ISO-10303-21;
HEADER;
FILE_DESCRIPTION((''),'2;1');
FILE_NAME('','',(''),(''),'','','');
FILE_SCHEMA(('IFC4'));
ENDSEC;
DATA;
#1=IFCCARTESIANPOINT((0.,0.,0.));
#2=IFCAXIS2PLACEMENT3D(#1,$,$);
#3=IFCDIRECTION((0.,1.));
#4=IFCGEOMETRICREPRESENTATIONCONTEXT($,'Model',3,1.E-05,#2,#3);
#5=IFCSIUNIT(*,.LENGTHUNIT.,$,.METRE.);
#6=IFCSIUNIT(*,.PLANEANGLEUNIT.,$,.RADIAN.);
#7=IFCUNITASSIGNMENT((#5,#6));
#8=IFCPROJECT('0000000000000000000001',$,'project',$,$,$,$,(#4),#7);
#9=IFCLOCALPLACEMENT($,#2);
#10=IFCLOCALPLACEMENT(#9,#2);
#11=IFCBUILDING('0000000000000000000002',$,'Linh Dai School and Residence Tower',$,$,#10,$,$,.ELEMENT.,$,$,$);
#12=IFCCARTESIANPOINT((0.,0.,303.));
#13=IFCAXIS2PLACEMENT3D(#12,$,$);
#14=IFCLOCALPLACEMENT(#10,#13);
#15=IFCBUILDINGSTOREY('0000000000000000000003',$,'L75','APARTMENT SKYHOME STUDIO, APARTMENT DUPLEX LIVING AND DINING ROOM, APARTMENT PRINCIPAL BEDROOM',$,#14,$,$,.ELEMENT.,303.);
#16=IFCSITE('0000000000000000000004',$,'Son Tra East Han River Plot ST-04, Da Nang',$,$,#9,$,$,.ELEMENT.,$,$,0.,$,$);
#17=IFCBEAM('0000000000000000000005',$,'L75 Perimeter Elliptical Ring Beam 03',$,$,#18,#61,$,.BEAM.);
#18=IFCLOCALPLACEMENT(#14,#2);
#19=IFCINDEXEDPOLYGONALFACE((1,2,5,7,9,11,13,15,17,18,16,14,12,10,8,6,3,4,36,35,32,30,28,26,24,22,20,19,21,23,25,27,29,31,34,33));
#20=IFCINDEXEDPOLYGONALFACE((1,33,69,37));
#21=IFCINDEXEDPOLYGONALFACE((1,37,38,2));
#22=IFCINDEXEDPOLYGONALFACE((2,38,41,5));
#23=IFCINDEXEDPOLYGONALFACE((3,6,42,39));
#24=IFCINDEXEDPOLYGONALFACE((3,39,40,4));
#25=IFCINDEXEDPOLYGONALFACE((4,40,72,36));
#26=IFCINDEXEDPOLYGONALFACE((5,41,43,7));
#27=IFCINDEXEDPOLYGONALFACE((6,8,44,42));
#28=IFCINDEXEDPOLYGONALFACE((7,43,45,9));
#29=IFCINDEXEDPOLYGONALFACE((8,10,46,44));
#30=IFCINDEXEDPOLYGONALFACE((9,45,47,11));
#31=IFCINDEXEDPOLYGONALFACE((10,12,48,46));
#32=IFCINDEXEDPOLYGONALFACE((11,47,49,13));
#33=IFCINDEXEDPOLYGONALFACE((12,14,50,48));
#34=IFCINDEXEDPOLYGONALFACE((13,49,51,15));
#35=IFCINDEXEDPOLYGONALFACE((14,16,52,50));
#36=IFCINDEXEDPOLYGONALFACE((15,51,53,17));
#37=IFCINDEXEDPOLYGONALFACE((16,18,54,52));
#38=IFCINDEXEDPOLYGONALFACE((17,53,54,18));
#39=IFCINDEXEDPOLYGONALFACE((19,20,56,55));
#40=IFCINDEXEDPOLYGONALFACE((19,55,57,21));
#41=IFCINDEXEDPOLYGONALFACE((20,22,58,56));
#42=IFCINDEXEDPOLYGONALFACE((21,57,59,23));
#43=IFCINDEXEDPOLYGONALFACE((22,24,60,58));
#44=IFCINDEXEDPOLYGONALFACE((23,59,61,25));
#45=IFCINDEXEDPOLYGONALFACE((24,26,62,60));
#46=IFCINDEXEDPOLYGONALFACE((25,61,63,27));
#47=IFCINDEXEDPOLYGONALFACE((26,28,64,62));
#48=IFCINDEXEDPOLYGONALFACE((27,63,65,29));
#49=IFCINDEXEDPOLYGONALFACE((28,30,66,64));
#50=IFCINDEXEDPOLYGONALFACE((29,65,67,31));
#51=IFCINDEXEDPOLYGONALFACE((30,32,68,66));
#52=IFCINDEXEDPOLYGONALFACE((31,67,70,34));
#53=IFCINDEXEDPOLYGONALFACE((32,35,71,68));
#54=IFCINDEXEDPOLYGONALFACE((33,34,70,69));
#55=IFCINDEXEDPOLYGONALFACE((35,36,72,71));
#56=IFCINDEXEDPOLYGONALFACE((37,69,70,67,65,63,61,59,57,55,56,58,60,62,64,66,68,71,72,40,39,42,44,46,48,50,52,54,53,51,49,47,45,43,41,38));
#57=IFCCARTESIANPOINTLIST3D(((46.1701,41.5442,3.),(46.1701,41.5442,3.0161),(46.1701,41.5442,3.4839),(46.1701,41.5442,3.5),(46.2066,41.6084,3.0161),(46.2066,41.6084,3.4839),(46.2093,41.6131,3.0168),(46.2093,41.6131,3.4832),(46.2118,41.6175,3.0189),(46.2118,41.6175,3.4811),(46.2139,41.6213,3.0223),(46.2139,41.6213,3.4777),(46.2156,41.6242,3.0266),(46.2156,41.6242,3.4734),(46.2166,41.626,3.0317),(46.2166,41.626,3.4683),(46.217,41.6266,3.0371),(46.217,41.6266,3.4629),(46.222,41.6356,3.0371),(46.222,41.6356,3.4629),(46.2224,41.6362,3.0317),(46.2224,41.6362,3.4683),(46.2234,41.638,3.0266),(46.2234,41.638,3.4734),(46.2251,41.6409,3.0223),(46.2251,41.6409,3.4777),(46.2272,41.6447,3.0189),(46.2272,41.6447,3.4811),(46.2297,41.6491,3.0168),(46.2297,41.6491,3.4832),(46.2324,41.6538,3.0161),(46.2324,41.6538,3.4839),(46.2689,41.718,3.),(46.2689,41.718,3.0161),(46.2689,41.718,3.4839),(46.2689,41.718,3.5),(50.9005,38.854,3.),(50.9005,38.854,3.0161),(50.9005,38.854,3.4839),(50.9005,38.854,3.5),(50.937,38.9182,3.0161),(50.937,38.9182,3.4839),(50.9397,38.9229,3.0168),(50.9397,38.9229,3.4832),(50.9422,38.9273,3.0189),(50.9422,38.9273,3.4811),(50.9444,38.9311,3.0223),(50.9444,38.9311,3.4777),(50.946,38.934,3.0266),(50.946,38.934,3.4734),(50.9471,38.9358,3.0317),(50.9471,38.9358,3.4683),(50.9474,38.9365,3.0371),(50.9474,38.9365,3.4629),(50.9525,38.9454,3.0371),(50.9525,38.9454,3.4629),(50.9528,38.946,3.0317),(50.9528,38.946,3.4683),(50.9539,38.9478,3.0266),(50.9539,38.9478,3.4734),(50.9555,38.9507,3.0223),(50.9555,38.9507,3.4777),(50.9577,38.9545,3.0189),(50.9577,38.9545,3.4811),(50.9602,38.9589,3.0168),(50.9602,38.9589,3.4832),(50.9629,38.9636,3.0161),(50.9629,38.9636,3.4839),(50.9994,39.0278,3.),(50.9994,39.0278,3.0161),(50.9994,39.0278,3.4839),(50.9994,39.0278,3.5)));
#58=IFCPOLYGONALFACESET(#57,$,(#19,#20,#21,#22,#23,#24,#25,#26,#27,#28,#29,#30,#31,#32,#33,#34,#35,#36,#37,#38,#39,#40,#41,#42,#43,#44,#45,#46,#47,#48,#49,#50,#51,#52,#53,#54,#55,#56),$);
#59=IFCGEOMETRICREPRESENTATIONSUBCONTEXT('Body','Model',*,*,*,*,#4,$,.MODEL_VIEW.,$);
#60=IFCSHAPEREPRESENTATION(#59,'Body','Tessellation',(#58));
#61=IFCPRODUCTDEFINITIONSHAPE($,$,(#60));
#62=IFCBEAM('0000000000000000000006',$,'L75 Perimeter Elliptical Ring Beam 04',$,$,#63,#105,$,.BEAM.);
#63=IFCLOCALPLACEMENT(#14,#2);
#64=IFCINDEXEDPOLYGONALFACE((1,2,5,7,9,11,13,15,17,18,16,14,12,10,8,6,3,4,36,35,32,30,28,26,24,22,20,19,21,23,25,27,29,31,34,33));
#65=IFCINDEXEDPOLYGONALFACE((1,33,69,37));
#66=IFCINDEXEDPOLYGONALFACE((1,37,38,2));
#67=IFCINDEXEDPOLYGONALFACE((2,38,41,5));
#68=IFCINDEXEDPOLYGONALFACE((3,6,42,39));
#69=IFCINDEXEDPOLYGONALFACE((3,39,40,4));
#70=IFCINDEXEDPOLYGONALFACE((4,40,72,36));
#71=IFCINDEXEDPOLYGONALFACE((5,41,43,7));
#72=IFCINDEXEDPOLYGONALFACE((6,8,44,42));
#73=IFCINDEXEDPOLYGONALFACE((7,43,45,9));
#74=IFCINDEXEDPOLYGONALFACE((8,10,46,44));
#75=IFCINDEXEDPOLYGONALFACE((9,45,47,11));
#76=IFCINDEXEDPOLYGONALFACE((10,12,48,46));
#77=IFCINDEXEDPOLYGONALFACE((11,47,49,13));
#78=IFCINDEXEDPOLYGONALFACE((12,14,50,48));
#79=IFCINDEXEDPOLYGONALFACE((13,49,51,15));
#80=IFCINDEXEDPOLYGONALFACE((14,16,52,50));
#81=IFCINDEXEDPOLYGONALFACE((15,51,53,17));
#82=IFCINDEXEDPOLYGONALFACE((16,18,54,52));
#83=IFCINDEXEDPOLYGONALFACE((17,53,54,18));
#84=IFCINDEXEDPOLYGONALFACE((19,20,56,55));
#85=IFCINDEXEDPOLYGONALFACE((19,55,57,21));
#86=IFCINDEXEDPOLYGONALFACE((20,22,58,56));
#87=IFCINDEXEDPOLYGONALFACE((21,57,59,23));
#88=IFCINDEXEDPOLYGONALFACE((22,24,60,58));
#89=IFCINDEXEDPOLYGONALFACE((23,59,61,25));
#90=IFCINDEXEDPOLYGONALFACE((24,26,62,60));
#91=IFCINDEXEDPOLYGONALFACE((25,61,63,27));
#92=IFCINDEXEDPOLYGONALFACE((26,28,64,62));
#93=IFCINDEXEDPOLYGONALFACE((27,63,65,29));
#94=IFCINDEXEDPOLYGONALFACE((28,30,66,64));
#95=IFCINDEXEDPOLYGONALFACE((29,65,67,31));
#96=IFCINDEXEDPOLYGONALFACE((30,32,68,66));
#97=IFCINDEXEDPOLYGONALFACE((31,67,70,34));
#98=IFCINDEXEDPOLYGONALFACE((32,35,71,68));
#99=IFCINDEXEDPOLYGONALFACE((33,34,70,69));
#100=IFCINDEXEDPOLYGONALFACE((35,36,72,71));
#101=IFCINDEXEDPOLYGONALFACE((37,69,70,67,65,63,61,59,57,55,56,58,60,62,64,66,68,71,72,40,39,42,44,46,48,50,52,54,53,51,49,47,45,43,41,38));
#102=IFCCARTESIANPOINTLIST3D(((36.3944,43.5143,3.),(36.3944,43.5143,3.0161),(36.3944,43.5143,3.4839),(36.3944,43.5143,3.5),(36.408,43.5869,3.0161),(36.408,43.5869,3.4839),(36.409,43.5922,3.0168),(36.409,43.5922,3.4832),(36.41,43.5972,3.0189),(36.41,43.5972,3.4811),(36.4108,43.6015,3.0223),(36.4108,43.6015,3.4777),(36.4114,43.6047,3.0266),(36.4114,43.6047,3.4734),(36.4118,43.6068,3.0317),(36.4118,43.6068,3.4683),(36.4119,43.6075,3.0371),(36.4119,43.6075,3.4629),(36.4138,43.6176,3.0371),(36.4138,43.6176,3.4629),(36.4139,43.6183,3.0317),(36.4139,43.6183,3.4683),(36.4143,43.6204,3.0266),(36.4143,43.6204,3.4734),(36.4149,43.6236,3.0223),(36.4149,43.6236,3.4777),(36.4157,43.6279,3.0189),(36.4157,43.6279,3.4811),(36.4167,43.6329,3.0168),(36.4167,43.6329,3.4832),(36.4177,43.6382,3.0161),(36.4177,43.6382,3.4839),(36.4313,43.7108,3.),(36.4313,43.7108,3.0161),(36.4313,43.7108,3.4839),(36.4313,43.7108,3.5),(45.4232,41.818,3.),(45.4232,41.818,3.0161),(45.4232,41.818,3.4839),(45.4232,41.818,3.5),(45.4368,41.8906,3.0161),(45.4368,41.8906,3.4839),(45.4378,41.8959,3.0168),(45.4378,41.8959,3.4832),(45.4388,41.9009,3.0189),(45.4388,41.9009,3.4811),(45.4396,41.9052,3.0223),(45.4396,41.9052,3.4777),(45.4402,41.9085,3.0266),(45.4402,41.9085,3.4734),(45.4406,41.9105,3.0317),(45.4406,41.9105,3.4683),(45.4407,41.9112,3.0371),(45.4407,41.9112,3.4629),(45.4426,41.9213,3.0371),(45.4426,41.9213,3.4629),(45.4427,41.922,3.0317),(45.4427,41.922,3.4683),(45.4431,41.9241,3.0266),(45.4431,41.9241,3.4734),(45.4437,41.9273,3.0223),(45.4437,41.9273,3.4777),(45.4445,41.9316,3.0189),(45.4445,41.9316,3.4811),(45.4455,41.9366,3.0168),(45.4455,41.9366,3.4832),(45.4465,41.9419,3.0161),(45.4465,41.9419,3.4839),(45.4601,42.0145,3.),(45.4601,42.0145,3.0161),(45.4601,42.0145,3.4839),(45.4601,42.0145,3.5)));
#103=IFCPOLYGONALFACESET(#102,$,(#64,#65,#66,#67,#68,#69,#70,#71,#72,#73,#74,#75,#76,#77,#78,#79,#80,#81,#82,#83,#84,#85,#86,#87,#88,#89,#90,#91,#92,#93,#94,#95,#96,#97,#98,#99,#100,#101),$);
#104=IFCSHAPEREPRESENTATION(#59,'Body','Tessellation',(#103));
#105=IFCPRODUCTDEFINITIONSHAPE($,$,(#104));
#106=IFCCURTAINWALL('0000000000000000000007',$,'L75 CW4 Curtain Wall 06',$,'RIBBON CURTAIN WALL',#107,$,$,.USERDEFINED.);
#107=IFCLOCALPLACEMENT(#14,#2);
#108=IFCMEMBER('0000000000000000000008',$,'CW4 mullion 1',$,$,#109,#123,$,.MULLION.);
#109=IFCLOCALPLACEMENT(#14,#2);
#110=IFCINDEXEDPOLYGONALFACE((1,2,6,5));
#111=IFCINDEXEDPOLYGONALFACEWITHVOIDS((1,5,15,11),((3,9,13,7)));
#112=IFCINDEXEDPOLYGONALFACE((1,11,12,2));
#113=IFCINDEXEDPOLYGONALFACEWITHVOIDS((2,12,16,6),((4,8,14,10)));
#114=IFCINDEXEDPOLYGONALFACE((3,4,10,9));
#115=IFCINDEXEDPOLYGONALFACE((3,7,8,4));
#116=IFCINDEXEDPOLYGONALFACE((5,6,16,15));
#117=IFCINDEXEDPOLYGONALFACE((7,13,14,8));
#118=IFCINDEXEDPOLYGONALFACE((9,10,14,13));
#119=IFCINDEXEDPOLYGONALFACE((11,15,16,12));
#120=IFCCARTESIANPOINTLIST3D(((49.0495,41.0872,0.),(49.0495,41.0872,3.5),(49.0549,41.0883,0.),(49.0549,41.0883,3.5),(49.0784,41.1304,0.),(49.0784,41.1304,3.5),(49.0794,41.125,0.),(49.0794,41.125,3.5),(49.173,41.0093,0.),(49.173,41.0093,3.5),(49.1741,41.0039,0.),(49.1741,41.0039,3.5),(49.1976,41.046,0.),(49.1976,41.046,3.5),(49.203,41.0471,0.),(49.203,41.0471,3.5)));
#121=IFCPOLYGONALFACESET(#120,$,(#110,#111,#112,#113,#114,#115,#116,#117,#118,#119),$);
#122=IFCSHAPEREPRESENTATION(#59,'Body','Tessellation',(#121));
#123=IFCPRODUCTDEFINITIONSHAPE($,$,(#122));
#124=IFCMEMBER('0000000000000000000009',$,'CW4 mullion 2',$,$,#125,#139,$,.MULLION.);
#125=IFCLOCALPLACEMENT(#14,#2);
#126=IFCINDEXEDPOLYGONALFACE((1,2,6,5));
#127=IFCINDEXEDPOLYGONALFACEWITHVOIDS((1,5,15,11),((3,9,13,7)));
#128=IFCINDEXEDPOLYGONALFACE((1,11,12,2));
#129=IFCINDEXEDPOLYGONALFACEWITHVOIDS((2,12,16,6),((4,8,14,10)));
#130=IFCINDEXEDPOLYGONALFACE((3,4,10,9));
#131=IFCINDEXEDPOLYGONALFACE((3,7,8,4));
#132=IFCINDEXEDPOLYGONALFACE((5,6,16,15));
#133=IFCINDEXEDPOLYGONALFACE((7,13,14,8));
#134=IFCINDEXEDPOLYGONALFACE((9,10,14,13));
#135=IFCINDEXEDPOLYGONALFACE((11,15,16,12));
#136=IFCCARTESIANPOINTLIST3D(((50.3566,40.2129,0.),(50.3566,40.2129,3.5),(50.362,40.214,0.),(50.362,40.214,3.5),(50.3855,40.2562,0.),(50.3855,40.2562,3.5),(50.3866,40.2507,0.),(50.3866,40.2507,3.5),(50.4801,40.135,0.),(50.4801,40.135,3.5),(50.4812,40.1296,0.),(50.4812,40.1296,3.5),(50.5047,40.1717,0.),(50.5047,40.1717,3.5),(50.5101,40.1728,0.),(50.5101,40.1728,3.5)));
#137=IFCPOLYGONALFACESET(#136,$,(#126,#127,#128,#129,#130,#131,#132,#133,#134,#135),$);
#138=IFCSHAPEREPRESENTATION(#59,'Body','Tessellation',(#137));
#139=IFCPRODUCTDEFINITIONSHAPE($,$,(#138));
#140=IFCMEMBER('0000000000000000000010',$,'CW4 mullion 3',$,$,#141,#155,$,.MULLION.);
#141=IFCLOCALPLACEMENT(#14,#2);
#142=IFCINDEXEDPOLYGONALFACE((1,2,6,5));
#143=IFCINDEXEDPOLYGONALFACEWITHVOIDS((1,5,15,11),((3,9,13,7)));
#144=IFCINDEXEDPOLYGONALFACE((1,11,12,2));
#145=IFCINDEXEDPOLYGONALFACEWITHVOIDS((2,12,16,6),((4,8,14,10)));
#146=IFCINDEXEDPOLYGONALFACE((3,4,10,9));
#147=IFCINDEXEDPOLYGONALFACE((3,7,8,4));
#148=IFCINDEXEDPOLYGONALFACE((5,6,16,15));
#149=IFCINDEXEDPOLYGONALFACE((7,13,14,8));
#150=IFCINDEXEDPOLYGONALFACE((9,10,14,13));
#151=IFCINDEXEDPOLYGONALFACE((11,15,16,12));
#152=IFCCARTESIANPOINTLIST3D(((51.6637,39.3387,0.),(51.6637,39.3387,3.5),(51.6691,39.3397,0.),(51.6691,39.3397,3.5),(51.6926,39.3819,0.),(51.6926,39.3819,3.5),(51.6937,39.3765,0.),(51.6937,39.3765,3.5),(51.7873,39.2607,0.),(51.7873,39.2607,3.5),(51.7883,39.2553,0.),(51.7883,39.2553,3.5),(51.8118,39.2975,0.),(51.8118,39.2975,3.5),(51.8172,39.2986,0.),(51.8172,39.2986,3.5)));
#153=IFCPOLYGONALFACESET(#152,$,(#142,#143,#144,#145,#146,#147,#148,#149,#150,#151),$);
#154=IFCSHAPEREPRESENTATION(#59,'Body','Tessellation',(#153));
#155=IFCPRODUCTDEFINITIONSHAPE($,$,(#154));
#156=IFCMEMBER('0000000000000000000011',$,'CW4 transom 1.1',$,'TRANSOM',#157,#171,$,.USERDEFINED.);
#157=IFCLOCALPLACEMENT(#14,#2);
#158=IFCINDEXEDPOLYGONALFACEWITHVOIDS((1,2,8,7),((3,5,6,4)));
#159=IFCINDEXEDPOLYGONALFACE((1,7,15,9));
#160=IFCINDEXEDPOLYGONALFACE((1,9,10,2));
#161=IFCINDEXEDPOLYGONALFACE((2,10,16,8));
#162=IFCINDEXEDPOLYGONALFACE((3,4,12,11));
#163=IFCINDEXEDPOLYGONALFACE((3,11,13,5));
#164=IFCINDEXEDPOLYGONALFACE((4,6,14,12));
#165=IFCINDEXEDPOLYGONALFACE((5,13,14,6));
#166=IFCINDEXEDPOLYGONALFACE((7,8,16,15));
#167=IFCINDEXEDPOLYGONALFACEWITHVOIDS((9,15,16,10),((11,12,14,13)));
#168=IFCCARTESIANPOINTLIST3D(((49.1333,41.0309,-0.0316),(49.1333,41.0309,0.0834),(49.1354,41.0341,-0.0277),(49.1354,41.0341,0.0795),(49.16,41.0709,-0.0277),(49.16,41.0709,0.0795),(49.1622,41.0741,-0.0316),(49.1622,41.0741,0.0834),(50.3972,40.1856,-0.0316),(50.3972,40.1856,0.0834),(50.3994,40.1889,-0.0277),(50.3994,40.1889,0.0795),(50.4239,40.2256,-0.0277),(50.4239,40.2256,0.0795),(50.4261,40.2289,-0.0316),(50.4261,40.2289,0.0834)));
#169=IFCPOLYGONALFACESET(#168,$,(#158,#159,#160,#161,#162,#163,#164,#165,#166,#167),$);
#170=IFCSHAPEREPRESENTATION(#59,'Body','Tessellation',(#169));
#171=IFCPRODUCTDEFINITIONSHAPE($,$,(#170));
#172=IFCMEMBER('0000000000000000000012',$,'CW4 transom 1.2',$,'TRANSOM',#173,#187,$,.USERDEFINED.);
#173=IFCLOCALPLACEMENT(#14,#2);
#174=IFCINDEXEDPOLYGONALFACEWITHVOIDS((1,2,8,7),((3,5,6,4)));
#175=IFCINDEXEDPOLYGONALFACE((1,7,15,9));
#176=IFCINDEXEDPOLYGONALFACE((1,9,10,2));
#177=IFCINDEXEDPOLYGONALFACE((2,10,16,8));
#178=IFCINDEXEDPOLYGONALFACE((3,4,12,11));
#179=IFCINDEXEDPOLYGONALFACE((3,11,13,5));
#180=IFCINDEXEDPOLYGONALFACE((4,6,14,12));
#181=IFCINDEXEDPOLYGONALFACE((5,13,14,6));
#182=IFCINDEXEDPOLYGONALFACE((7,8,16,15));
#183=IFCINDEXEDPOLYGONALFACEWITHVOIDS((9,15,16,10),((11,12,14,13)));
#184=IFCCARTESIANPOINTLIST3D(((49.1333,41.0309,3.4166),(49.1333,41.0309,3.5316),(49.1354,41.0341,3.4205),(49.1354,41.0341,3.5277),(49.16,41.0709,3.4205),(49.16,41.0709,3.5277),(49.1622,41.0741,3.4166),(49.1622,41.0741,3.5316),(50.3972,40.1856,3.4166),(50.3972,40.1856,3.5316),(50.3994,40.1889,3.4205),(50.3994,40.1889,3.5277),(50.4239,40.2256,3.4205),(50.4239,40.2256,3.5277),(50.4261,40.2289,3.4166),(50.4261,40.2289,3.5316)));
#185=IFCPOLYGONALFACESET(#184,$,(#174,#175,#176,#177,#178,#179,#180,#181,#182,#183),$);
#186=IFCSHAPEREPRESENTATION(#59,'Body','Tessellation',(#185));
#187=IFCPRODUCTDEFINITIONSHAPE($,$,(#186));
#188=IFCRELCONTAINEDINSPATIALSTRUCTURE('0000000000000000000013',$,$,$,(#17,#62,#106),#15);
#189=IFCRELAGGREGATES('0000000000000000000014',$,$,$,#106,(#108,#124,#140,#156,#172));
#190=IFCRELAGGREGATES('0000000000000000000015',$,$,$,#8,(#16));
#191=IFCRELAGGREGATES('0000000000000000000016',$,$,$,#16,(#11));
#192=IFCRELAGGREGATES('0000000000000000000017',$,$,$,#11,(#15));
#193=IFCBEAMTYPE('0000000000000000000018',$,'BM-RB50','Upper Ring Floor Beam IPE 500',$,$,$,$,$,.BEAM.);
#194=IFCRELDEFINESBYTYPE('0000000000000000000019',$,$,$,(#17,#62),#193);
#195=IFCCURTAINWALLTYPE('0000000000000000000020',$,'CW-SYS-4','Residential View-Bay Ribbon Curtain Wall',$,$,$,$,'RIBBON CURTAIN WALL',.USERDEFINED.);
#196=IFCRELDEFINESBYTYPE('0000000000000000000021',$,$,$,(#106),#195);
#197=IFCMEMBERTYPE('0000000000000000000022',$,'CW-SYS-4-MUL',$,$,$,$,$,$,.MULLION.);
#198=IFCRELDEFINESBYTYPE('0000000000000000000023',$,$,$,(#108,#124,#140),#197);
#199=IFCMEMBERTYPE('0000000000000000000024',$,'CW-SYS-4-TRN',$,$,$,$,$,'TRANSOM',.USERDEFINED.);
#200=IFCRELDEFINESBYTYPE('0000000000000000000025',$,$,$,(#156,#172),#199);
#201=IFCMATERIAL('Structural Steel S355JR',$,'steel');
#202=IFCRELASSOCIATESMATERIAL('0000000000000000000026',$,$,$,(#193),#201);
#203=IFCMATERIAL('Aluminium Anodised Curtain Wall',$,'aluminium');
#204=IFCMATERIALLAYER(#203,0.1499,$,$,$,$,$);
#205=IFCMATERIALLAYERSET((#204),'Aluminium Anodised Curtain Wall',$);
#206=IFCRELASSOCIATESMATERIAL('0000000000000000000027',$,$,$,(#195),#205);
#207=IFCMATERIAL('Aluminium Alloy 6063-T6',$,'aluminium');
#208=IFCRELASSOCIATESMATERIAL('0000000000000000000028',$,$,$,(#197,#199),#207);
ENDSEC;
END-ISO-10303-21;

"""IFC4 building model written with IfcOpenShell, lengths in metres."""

from ifc_helpers import new_model, si_unit, direction, frame, origin, origin_2d, place, context, subcontext, project, spatial, hollow_rectangle, i_section, extrude, source, transform, mapped, material, layer, layer_set, material_profile, profile_set, type_object, element, aggregate, save


model = new_model("IFC4")

# Units and contexts
model_context = context("Model", 3, precision=1e-05, world=origin(), true_north=direction((0.0, 1.0)))
body_context = subcontext(model_context, "Body", "Model", "MODEL_VIEW")
ifc_project = project(units=[si_unit("LENGTHUNIT", "METRE"), si_unit("PLANEANGLEUNIT", "RADIAN")], contexts=[model_context])

# Site, building, storey
site_placement = place(None, origin())
site = spatial("IfcSite", under=ifc_project, at=site_placement, Name="Son Tra East Han River Plot ST-04, Da Nang", CompositionType="ELEMENT", RefElevation=0.0)
building_placement = place(site_placement, origin())
building = spatial("IfcBuilding", under=site, at=building_placement, Name="Linh Dai School and Residence Tower", CompositionType="ELEMENT")
storey_placement = place(building_placement, frame((0.0, 0.0, 303.0)))
storey = spatial("IfcBuildingStorey", under=building, at=storey_placement, Name="L75", Description="APARTMENT SKYHOME STUDIO, APARTMENT DUPLEX LIVING AND DINING ROOM, APARTMENT PRINCIPAL BEDROOM", CompositionType="ELEMENT", Elevation=303.0)

# Shared definitions
ifc_material_1 = material(Name="Structural Steel S355JR", Category="steel")

# Beams
ifc_material_profile_1 = material_profile(ifc_material_1, i_section(OverallWidth=0.2, OverallDepth=0.5, WebThickness=0.0103, FlangeThickness=0.0161, FilletRadius=0.021, at=origin_2d()), Name="IPE 500")
ifc_profile_set_1 = profile_set([ifc_material_profile_1], Name="Structural Steel S355JR")
beam_type = type_object("IfcBeamType", Name="BM-RB50", Description="Upper Ring Floor Beam IPE 500", PredefinedType="BEAM", material=ifc_profile_set_1)
beam_1_placement = place(storey_placement, frame((50.95, 38.9409, 3.25), z_axis=(-0.869266, 0.494345, 0.0), x_axis=(-0.494345, -0.869266, 0.0)))
element("IfcBeam", 1, at=beam_1_placement, inside=storey, type_object=beam_type, Name="L75 Perimeter Elliptical Ring Beam 03", PredefinedType="BEAM", context=body_context, shape_type="SweptSolid", body=[
    extrude(i_section(OverallWidth=0.2, OverallDepth=0.5, WebThickness=0.0103, FlangeThickness=0.0161, FilletRadius=0.021, at=origin_2d()), origin(), (0.0, 0.0, 1.0), 5.4419),
])
beam_2_placement = place(storey_placement, frame((45.4417, 41.9163, 3.25), z_axis=(-0.982805, 0.184645, 0.0), x_axis=(-0.184645, -0.982805, 0.0)))
element("IfcBeam", 2, at=beam_2_placement, inside=storey, type_object=beam_type, Name="L75 Perimeter Elliptical Ring Beam 04", PredefinedType="BEAM", context=body_context, shape_type="SweptSolid", body=[
    extrude(i_section(OverallWidth=0.2, OverallDepth=0.5, WebThickness=0.0103, FlangeThickness=0.0161, FilletRadius=0.021, at=origin_2d()), origin(), (0.0, 0.0, 1.0), 9.1868),
])

# Curtain wall, members
ifc_material_2 = material(Name="Aluminium Anodised Curtain Wall", Category="aluminium")
ifc_layer_1 = layer(ifc_material_2, 0.1499)
ifc_layer_set_1 = layer_set([ifc_layer_1], Name="Aluminium Anodised Curtain Wall")
curtain_wall_type = type_object("IfcCurtainWallType", Name="CW-SYS-4", Description="Residential View-Bay Ribbon Curtain Wall", ElementType="RIBBON CURTAIN WALL", PredefinedType="USERDEFINED", material=ifc_layer_set_1)
curtain_wall_placement = place(storey_placement, origin())
curtain_wall = element("IfcCurtainWall", 3, at=curtain_wall_placement, inside=storey, type_object=curtain_wall_type, Name="L75 CW4 Curtain Wall 06", ObjectType="RIBBON CURTAIN WALL", PredefinedType="USERDEFINED")
ifc_material_3 = material(Name="Aluminium Alloy 6063-T6", Category="aluminium")
ifc_material_profile_2 = material_profile(ifc_material_3, hollow_rectangle(XDim=0.052, YDim=0.1499, WallThickness=0.0039, at=origin_2d()), Name="RHS 150x52x4")
ifc_profile_set_2 = profile_set([ifc_material_profile_2], Name="Aluminium Alloy 6063-T6")
member_type_1 = type_object("IfcMemberType", Name="CW-SYS-4-MUL", PredefinedType="MULLION", material=ifc_profile_set_2)
shared_shape_1 = source(origin(), body_context, "Body", "SweptSolid", [
    extrude(hollow_rectangle(XDim=0.052, YDim=0.1499, WallThickness=0.0039, at=origin_2d()), origin(), (0.0, 0.0, 1.0), 3.5),
])
member_1_placement = place(storey_placement, frame((49.1262, 41.0671, 0.0), z_axis=(0.0, 0.0, 1.0), x_axis=(0.555908, 0.831244, 0.0)))
member_1 = element("IfcMember", 4, at=member_1_placement, type_object=member_type_1, Name="CW4 mullion 1", PredefinedType="MULLION", context=body_context, shape_type="MappedRepresentation", body=[
    mapped(shared_shape_1, transform((0.0, 0.0, 0.0), x_axis=(1.0, 0.0, 0.0), y_axis=(0.0, 1.0, 0.0), z_axis=(0.0, 0.0, 1.0), scale=1.0)),
])
member_2_placement = place(storey_placement, frame((50.4333, 40.1929, 0.0), z_axis=(0.0, 0.0, 1.0), x_axis=(0.555908, 0.831244, 0.0)))
member_2 = element("IfcMember", 5, at=member_2_placement, type_object=member_type_1, Name="CW4 mullion 2", PredefinedType="MULLION", context=body_context, shape_type="MappedRepresentation", body=[
    mapped(shared_shape_1, transform((0.0, 0.0, 0.0), x_axis=(1.0, 0.0, 0.0), y_axis=(0.0, 1.0, 0.0), z_axis=(0.0, 0.0, 1.0), scale=1.0)),
])
member_3_placement = place(storey_placement, frame((51.7405, 39.3186, 0.0), z_axis=(0.0, 0.0, 1.0), x_axis=(0.555908, 0.831244, 0.0)))
member_3 = element("IfcMember", 6, at=member_3_placement, type_object=member_type_1, Name="CW4 mullion 3", PredefinedType="MULLION", context=body_context, shape_type="MappedRepresentation", body=[
    mapped(shared_shape_1, transform((0.0, 0.0, 0.0), x_axis=(1.0, 0.0, 0.0), y_axis=(0.0, 1.0, 0.0), z_axis=(0.0, 0.0, 1.0), scale=1.0)),
])
ifc_material_profile_3 = material_profile(ifc_material_3, hollow_rectangle(XDim=0.052, YDim=0.115, WallThickness=0.0039, at=origin_2d()), Name="RHS 115x52x4")
ifc_profile_set_3 = profile_set([ifc_material_profile_3], Name="Aluminium Alloy 6063-T6")
member_type_2 = type_object("IfcMemberType", Name="CW-SYS-4-TRN", ElementType="TRANSOM", PredefinedType="USERDEFINED", material=ifc_profile_set_3)
shared_shape_2 = source(origin(), body_context, "Body", "SweptSolid", [
    extrude(hollow_rectangle(XDim=0.052, YDim=0.115, WallThickness=0.0039, at=origin_2d()), origin(), (0.0, 0.0, 1.0), 1.5205),
])
member_4_placement = place(storey_placement, frame((49.1477, 41.0525, 0.0259), z_axis=(0.831259, -0.555885, 0.0), x_axis=(0.555885, 0.831259, 0.0)))
member_4 = element("IfcMember", 7, at=member_4_placement, type_object=member_type_2, Name="CW4 transom 1.1", ObjectType="TRANSOM", PredefinedType="USERDEFINED", context=body_context, shape_type="MappedRepresentation", body=[
    mapped(shared_shape_2, transform((0.0, 0.0, 0.0), x_axis=(1.0, 0.0, 0.0), y_axis=(0.0, 1.0, 0.0), z_axis=(0.0, 0.0, 1.0), scale=1.0)),
])
member_5_placement = place(storey_placement, frame((49.1477, 41.0525, 3.4741), z_axis=(0.831259, -0.555885, 0.0), x_axis=(0.555885, 0.831259, 0.0)))
member_5 = element("IfcMember", 8, at=member_5_placement, type_object=member_type_2, Name="CW4 transom 1.2", ObjectType="TRANSOM", PredefinedType="USERDEFINED", context=body_context, shape_type="MappedRepresentation", body=[
    mapped(shared_shape_2, transform((0.0, 0.0, 0.0), x_axis=(1.0, 0.0, 0.0), y_axis=(0.0, 1.0, 0.0), z_axis=(0.0, 0.0, 1.0), scale=1.0)),
])

aggregate(curtain_wall, [member_1, member_2, member_3, member_4, member_5])

save(model, "model.ifc")
